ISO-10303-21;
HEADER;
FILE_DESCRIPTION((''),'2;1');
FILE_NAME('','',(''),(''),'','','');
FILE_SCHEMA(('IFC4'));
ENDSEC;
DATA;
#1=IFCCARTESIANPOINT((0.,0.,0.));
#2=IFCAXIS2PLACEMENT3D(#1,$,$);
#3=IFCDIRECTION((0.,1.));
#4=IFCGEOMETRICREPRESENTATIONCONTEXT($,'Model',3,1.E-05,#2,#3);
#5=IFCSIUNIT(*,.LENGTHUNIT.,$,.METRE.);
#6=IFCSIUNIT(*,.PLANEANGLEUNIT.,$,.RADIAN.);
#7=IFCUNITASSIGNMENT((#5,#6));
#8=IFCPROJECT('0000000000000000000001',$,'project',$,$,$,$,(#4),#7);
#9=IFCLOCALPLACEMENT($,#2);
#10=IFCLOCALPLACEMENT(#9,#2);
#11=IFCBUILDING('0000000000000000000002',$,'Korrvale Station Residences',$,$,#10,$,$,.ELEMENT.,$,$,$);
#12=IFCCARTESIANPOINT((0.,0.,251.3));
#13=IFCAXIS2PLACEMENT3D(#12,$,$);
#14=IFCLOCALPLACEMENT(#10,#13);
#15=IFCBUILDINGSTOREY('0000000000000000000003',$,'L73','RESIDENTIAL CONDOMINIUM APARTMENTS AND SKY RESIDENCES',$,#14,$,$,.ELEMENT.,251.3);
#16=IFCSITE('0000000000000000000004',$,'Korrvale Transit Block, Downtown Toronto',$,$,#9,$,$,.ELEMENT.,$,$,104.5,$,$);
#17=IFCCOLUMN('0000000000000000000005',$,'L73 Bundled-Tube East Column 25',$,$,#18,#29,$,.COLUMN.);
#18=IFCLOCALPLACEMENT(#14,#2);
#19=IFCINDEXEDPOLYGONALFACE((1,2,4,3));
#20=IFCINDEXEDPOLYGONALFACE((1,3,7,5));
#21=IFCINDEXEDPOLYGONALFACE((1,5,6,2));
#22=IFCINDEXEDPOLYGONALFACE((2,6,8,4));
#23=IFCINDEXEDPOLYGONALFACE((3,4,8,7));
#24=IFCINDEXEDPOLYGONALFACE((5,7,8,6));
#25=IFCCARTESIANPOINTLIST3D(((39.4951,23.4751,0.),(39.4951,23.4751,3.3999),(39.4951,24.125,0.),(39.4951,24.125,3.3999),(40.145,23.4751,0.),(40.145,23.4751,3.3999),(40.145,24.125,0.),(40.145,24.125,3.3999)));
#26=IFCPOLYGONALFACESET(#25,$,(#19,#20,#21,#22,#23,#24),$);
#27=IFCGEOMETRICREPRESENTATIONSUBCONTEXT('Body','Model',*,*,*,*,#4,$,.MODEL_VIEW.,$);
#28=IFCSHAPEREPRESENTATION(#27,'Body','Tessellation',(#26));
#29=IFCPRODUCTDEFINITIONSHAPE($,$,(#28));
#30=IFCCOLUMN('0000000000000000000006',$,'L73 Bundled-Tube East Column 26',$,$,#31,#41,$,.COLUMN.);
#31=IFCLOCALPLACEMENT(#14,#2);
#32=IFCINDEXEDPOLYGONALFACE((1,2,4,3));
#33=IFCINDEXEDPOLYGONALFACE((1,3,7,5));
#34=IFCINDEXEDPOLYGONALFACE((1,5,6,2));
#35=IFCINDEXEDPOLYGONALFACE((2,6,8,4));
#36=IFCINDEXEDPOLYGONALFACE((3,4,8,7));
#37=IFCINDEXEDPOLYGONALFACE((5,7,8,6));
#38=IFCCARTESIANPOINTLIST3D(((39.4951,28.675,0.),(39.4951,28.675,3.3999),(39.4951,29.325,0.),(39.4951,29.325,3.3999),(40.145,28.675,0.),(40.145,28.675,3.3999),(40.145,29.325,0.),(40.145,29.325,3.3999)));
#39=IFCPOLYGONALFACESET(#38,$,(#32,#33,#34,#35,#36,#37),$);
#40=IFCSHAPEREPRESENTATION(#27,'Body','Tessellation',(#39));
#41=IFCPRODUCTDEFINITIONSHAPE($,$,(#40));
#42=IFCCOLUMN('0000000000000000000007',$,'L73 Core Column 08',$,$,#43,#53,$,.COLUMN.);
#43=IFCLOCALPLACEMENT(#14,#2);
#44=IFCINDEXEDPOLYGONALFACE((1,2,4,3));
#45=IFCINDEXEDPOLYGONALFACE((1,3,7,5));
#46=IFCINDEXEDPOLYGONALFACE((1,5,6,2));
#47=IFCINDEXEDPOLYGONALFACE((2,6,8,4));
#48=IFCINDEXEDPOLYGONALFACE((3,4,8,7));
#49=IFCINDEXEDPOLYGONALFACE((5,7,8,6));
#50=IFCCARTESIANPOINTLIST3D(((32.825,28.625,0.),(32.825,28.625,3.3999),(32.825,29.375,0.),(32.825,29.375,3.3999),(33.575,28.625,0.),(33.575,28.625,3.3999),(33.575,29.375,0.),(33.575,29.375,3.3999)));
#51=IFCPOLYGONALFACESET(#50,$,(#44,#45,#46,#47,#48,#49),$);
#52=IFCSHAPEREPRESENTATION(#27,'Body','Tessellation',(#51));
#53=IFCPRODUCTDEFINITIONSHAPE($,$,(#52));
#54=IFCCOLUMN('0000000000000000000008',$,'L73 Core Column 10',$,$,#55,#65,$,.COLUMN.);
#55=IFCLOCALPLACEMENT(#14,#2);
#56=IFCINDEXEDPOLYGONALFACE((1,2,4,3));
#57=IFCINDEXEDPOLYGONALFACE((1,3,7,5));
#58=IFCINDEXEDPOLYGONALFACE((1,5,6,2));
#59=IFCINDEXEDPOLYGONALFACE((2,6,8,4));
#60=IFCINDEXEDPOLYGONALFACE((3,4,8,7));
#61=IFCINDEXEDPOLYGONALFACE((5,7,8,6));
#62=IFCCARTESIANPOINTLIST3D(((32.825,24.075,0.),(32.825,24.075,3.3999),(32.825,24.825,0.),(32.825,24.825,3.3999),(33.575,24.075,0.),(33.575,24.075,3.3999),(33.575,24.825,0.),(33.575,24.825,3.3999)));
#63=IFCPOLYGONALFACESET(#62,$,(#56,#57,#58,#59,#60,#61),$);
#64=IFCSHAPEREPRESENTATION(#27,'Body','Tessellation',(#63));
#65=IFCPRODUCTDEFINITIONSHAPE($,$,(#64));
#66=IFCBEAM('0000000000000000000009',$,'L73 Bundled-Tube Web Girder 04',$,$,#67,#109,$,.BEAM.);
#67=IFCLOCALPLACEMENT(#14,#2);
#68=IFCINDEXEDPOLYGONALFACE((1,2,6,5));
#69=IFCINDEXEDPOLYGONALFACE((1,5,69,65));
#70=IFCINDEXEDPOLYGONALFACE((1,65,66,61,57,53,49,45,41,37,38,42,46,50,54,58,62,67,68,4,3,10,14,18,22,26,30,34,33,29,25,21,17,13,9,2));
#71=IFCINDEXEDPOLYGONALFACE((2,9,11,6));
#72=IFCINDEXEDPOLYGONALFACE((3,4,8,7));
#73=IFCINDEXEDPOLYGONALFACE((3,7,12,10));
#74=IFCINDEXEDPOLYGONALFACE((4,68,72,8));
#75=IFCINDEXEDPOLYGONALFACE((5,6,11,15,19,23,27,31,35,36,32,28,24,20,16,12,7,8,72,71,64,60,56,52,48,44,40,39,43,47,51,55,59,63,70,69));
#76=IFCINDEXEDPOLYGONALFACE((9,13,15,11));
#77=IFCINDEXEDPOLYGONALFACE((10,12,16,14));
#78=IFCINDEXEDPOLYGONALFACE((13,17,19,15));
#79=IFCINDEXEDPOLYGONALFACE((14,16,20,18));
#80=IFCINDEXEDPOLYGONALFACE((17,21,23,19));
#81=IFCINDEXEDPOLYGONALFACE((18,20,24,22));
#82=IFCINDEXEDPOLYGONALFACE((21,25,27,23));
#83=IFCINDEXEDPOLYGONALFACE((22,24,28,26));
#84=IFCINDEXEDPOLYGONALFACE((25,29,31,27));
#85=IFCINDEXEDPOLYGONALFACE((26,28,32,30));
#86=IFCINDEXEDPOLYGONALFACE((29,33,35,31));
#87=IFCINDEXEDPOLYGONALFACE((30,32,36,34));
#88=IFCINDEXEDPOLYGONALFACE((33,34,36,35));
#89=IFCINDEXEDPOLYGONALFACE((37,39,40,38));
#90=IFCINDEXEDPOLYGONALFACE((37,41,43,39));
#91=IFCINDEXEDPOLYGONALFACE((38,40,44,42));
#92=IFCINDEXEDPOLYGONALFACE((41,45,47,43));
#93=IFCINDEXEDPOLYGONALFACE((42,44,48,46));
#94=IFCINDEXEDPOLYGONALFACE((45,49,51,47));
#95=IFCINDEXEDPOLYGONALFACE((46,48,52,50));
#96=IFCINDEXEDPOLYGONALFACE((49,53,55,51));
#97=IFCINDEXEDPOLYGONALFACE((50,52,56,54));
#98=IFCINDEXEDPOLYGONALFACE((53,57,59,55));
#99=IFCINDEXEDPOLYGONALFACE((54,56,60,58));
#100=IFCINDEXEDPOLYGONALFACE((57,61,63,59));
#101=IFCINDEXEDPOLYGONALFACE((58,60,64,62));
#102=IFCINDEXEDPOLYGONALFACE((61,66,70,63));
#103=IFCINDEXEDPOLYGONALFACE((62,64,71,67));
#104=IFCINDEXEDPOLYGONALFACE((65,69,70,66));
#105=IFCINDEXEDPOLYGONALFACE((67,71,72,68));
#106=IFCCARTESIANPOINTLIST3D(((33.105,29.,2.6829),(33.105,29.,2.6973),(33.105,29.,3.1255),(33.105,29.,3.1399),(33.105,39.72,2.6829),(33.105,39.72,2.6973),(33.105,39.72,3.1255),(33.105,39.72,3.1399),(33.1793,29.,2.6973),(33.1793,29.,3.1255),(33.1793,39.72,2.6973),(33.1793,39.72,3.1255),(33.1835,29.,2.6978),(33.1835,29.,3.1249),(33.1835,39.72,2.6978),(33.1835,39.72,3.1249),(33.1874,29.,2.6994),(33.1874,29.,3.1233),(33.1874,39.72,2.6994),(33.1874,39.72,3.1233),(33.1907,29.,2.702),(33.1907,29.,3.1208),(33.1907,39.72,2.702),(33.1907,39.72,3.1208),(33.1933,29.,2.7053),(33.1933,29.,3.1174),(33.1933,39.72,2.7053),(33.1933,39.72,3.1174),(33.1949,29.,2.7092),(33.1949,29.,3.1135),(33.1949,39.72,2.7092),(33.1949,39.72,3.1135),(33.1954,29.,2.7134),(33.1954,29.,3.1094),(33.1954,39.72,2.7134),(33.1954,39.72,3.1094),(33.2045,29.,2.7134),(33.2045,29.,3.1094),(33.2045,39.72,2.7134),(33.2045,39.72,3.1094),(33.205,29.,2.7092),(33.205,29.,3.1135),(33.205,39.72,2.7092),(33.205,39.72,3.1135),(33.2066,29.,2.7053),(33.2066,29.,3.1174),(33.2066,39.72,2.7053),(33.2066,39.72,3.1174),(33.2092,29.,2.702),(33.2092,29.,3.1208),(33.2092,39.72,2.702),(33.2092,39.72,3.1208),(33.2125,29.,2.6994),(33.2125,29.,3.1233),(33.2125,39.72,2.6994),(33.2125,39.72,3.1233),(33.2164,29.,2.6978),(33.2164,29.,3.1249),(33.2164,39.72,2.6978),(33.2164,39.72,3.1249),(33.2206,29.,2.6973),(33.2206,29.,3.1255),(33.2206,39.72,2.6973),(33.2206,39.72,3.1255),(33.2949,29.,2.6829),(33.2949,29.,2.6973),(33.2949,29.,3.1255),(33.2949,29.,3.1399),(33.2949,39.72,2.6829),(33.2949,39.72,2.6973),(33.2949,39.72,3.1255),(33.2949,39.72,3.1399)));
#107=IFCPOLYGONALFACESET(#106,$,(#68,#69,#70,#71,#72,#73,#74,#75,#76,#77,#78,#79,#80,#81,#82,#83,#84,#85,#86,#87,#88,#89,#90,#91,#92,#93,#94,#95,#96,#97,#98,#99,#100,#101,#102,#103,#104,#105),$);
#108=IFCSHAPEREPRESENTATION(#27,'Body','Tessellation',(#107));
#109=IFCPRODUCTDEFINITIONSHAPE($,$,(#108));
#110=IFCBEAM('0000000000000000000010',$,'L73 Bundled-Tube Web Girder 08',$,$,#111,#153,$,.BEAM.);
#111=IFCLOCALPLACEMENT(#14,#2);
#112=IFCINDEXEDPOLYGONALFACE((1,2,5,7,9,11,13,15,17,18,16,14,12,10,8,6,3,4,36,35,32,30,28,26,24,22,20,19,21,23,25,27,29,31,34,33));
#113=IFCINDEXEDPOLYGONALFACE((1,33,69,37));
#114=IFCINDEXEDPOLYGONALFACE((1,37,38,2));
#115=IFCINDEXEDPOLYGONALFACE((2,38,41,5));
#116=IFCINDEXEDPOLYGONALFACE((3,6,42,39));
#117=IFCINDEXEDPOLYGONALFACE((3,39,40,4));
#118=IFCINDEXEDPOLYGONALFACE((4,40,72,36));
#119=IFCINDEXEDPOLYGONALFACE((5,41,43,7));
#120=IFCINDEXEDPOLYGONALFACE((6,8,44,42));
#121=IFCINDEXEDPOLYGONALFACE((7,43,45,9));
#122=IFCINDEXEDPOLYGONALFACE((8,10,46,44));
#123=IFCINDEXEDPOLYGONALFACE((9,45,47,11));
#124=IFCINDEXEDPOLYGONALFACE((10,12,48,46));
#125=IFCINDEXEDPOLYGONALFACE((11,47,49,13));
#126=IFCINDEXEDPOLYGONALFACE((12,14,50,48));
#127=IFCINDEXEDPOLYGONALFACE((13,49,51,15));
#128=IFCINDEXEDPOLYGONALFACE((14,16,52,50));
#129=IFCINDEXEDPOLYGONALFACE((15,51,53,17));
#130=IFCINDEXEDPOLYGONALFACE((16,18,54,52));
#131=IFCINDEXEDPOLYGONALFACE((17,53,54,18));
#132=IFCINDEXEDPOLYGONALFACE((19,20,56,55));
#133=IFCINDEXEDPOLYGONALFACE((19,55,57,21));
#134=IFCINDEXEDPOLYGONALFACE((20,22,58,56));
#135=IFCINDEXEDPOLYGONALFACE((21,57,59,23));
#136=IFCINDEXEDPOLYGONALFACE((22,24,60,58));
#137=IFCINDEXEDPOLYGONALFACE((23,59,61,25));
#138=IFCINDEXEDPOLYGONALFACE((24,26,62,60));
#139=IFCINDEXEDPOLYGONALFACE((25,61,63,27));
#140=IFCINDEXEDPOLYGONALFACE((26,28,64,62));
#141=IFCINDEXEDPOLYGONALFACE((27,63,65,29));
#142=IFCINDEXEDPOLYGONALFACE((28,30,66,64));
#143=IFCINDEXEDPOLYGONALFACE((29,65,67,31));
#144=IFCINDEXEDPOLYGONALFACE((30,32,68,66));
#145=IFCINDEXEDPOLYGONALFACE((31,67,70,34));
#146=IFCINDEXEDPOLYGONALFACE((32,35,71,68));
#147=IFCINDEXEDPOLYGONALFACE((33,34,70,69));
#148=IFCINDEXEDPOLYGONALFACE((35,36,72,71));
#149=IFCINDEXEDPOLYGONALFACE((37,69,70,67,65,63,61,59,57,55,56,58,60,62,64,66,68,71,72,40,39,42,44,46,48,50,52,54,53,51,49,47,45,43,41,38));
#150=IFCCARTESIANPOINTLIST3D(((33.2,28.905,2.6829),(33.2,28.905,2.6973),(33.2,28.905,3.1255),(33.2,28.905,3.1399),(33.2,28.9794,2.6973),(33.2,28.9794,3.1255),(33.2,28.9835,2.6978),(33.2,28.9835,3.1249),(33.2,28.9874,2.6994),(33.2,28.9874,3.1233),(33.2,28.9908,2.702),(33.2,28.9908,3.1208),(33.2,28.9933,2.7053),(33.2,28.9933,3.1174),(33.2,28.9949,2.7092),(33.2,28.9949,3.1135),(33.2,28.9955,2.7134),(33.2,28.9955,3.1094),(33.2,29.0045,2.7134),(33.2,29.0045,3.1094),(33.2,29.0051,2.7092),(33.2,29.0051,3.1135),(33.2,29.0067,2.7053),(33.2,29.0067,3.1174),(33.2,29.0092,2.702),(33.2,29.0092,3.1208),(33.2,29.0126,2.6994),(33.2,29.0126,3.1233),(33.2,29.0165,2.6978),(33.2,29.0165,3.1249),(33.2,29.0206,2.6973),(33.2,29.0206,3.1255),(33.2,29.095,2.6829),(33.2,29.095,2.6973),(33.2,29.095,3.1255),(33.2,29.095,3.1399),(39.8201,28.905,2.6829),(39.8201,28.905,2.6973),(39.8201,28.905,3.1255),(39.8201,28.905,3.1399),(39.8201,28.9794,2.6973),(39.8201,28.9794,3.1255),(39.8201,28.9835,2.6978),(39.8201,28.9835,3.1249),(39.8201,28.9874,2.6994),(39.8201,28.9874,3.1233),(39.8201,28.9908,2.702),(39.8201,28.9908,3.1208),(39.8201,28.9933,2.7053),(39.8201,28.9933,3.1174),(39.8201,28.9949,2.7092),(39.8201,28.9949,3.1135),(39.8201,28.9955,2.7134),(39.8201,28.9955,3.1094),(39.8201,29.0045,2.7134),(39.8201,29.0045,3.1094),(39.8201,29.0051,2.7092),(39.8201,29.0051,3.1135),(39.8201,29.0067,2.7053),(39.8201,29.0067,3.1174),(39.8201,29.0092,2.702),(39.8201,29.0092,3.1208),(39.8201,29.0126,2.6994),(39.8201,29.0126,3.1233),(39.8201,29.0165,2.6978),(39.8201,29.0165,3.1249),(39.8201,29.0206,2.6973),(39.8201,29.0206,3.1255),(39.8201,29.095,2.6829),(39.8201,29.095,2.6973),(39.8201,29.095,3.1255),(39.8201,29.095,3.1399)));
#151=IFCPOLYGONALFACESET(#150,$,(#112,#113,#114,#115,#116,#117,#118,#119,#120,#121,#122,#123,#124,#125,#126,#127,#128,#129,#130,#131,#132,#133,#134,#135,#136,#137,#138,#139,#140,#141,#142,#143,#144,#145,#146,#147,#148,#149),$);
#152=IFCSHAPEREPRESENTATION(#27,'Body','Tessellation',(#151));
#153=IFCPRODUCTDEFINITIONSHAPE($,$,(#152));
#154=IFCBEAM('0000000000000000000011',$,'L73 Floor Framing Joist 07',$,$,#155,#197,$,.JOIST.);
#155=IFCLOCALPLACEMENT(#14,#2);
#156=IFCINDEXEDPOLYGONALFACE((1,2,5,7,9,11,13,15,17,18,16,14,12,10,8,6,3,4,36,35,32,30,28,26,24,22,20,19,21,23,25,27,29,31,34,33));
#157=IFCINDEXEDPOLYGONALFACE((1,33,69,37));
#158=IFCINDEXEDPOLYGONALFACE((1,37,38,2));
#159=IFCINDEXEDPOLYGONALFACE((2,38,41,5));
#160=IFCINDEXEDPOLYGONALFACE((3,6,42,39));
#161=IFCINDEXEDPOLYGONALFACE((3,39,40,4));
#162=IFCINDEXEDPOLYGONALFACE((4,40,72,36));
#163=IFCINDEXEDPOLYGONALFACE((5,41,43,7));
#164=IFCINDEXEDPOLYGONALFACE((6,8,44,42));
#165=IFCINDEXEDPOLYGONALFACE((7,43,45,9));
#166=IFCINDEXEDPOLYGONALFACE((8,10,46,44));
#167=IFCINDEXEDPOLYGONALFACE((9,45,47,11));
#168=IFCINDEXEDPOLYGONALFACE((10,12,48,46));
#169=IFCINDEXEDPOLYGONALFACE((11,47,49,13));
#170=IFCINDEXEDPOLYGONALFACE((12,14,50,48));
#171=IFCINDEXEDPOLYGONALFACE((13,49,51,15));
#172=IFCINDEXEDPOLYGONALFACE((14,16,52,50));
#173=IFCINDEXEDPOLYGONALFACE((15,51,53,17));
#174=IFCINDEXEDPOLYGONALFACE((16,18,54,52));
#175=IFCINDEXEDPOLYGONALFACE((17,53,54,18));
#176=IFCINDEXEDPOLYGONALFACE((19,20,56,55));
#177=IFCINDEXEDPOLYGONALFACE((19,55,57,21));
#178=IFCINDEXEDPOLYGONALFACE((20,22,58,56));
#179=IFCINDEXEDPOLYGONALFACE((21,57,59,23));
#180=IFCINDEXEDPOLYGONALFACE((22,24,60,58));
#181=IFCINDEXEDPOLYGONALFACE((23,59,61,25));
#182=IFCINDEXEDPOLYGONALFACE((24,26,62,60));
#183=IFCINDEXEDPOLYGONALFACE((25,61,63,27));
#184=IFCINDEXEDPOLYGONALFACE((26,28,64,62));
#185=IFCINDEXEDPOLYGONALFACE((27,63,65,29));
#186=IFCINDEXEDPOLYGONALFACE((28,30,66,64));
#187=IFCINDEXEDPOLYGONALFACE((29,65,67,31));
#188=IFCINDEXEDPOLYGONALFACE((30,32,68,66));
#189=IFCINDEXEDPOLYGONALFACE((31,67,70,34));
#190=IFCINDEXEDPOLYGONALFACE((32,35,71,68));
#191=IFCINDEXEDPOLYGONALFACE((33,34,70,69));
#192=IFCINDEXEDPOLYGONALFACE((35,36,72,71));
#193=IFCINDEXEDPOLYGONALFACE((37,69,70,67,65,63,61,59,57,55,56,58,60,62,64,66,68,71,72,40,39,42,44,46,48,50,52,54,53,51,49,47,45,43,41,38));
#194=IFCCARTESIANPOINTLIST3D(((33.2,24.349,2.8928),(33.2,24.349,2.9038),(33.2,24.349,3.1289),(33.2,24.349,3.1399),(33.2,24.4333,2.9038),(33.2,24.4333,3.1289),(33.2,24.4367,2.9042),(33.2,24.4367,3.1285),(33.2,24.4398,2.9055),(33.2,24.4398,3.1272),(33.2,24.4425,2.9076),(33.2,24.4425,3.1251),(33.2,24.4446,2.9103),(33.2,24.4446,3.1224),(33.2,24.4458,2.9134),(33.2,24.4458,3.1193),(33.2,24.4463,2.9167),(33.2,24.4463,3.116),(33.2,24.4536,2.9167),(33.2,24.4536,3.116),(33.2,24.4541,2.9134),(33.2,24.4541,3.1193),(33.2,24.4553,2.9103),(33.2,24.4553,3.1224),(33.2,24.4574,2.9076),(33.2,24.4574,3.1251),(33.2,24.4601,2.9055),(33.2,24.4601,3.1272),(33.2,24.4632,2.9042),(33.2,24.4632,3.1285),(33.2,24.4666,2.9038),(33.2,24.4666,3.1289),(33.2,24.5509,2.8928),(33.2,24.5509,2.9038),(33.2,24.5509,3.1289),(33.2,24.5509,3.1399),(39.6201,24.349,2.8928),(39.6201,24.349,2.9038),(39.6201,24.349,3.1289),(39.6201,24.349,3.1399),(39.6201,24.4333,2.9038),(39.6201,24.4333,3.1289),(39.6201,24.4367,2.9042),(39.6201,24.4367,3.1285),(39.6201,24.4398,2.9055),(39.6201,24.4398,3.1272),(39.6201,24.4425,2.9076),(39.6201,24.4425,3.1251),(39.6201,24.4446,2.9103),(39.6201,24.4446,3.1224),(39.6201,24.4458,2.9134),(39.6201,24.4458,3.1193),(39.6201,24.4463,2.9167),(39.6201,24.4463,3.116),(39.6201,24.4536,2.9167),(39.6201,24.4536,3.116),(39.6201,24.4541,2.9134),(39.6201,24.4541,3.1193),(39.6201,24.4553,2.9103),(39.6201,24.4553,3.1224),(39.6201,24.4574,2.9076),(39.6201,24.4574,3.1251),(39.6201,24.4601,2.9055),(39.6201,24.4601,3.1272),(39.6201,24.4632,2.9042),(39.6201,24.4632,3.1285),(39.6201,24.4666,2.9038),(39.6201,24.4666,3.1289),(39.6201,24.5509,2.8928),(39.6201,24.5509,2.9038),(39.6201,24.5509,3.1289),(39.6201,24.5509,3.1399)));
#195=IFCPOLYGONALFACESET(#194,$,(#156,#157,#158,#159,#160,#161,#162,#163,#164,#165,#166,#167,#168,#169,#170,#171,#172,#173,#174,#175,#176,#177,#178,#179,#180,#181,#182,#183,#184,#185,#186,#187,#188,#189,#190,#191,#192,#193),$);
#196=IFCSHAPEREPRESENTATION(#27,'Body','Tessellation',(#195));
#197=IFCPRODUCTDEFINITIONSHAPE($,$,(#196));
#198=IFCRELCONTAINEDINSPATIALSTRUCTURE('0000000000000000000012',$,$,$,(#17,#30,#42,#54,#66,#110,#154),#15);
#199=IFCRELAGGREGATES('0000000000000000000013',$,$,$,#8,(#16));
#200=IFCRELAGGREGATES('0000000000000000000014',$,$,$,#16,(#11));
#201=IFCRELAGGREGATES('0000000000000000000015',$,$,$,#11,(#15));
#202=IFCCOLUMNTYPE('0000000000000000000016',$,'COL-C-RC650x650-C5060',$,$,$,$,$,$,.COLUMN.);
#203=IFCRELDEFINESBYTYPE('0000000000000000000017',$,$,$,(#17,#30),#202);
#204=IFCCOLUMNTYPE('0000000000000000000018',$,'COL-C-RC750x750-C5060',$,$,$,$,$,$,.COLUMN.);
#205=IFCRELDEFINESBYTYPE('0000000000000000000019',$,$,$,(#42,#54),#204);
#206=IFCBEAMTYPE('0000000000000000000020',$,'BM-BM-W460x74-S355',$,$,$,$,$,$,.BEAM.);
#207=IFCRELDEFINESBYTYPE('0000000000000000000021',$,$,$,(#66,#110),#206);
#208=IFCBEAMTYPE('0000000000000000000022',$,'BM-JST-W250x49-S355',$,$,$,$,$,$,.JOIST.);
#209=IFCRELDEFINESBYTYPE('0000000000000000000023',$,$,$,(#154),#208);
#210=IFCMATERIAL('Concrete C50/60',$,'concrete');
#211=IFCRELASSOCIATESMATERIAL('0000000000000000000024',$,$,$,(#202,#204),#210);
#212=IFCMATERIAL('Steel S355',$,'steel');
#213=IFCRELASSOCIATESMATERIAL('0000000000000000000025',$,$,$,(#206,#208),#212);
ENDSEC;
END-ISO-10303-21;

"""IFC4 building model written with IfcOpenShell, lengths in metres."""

from ifc_helpers import new_model, si_unit, direction, frame, origin, origin_2d, place, context, subcontext, project, spatial, rectangle, i_section, extrude, material, material_profile, profile_set, type_object, element, save


model = new_model("IFC4")

# Units and contexts
model_context = context("Model", 3, precision=1e-05, world=origin(), true_north=direction((0.0, 1.0)))
body_context = subcontext(model_context, "Body", "Model", "MODEL_VIEW")
ifc_project = project(units=[si_unit("LENGTHUNIT", "METRE"), si_unit("PLANEANGLEUNIT", "RADIAN")], contexts=[model_context])

# Site, building, storey
site_placement = place(None, origin())
site = spatial("IfcSite", under=ifc_project, at=site_placement, Name="Korrvale Transit Block, Downtown Toronto", CompositionType="ELEMENT", RefElevation=104.5)
building_placement = place(site_placement, origin())
building = spatial("IfcBuilding", under=site, at=building_placement, Name="Korrvale Station Residences", CompositionType="ELEMENT")
storey_placement = place(building_placement, frame((0.0, 0.0, 251.3)))
storey = spatial("IfcBuildingStorey", under=building, at=storey_placement, Name="L73", Description="RESIDENTIAL CONDOMINIUM APARTMENTS AND SKY RESIDENCES", CompositionType="ELEMENT", Elevation=251.3)

# Columns
ifc_material_1 = material(Name="Concrete C50/60", Category="concrete")
ifc_material_profile_1 = material_profile(ifc_material_1, rectangle(XDim=0.6499, YDim=0.6499, at=origin_2d()), Name="RC650x650")
ifc_profile_set_1 = profile_set([ifc_material_profile_1], Name="Concrete C50/60")
column_type_1 = type_object("IfcColumnType", Name="COL-C-RC650x650-C5060", PredefinedType="COLUMN", material=ifc_profile_set_1)
for number, where, z_axis, x_axis, name in (
    (1, (39.8201, 23.8, 0.0), (0.0, 0.0, 1.0), (1.0, 0.0, 0.0), "L73 Bundled-Tube East Column 25"),
    (2, (39.8201, 29.0, 0.0), (0.0, 0.0, 1.0), (1.0, 0.0, 0.0), "L73 Bundled-Tube East Column 26"),
):
    element("IfcColumn", number, at=place(storey_placement, frame(where, z_axis=z_axis, x_axis=x_axis)), inside=storey, type_object=column_type_1, Name=name, PredefinedType="COLUMN", context=body_context, shape_type="SweptSolid", body=[
        extrude(rectangle(XDim=0.6499, YDim=0.6499, at=origin_2d()), origin(), (0.0, 0.0, 1.0), 3.3999),
    ])
ifc_material_profile_2 = material_profile(ifc_material_1, rectangle(XDim=0.75, YDim=0.75, at=origin_2d()), Name="RC750x750")
ifc_profile_set_2 = profile_set([ifc_material_profile_2], Name="Concrete C50/60")
column_type_2 = type_object("IfcColumnType", Name="COL-C-RC750x750-C5060", PredefinedType="COLUMN", material=ifc_profile_set_2)
for number, where, z_axis, x_axis, name in (
    (3, (33.2, 29.0, 0.0), (0.0, 0.0, 1.0), (1.0, 0.0, 0.0), "L73 Core Column 08"),
    (4, (33.2, 24.45, 0.0), (0.0, 0.0, 1.0), (1.0, 0.0, 0.0), "L73 Core Column 10"),
):
    element("IfcColumn", number, at=place(storey_placement, frame(where, z_axis=z_axis, x_axis=x_axis)), inside=storey, type_object=column_type_2, Name=name, PredefinedType="COLUMN", context=body_context, shape_type="SweptSolid", body=[
        extrude(rectangle(XDim=0.75, YDim=0.75, at=origin_2d()), origin(), (0.0, 0.0, 1.0), 3.3999),
    ])

# Beams
ifc_material_2 = material(Name="Steel S355", Category="steel")
ifc_material_profile_3 = material_profile(ifc_material_2, i_section(OverallWidth=0.1899, OverallDepth=0.457, WebThickness=0.009, FlangeThickness=0.0144, FilletRadius=0.0161, at=origin_2d()), Name="W460x74")
ifc_profile_set_3 = profile_set([ifc_material_profile_3], Name="Steel S355")
beam_type_1 = type_object("IfcBeamType", Name="BM-BM-W460x74-S355", PredefinedType="BEAM", material=ifc_profile_set_3)
beam_1_placement = place(storey_placement, frame((33.2, 29.0, 2.9114), z_axis=(0.0, 1.0, 0.0), x_axis=(-1.0, 0.0, 0.0)))
element("IfcBeam", 5, at=beam_1_placement, inside=storey, type_object=beam_type_1, Name="L73 Bundled-Tube Web Girder 04", PredefinedType="BEAM", context=body_context, shape_type="SweptSolid", body=[
    extrude(i_section(OverallWidth=0.1899, OverallDepth=0.457, WebThickness=0.009, FlangeThickness=0.0144, FilletRadius=0.0161, at=origin_2d()), origin(), (0.0, 0.0, 1.0), 10.72),
])
beam_2_placement = place(storey_placement, frame((33.2, 29.0, 2.9114), z_axis=(1.0, 0.0, 0.0), x_axis=(0.0, 1.0, 0.0)))
element("IfcBeam", 6, at=beam_2_placement, inside=storey, type_object=beam_type_1, Name="L73 Bundled-Tube Web Girder 08", PredefinedType="BEAM", context=body_context, shape_type="SweptSolid", body=[
    extrude(i_section(OverallWidth=0.1899, OverallDepth=0.457, WebThickness=0.009, FlangeThickness=0.0144, FilletRadius=0.0161, at=origin_2d()), origin(), (0.0, 0.0, 1.0), 6.6201),
])
ifc_material_profile_4 = material_profile(ifc_material_2, i_section(OverallWidth=0.2019, OverallDepth=0.2471, WebThickness=0.0073, FlangeThickness=0.011, FilletRadius=0.0129, at=origin_2d()), Name="W250x49")
ifc_profile_set_4 = profile_set([ifc_material_profile_4], Name="Steel S355")
beam_type_2 = type_object("IfcBeamType", Name="BM-JST-W250x49-S355", PredefinedType="JOIST", material=ifc_profile_set_4)
beam_3_placement = place(storey_placement, frame((33.2, 24.45, 3.0164), z_axis=(1.0, 0.0, 0.0), x_axis=(0.0, 1.0, 0.0)))
element("IfcBeam", 7, at=beam_3_placement, inside=storey, type_object=beam_type_2, Name="L73 Floor Framing Joist 07", PredefinedType="JOIST", context=body_context, shape_type="SweptSolid", body=[
    extrude(i_section(OverallWidth=0.2019, OverallDepth=0.2471, WebThickness=0.0073, FlangeThickness=0.011, FilletRadius=0.0129, at=origin_2d()), origin(), (0.0, 0.0, 1.0), 6.4202),
])

save(model, "model.ifc")
